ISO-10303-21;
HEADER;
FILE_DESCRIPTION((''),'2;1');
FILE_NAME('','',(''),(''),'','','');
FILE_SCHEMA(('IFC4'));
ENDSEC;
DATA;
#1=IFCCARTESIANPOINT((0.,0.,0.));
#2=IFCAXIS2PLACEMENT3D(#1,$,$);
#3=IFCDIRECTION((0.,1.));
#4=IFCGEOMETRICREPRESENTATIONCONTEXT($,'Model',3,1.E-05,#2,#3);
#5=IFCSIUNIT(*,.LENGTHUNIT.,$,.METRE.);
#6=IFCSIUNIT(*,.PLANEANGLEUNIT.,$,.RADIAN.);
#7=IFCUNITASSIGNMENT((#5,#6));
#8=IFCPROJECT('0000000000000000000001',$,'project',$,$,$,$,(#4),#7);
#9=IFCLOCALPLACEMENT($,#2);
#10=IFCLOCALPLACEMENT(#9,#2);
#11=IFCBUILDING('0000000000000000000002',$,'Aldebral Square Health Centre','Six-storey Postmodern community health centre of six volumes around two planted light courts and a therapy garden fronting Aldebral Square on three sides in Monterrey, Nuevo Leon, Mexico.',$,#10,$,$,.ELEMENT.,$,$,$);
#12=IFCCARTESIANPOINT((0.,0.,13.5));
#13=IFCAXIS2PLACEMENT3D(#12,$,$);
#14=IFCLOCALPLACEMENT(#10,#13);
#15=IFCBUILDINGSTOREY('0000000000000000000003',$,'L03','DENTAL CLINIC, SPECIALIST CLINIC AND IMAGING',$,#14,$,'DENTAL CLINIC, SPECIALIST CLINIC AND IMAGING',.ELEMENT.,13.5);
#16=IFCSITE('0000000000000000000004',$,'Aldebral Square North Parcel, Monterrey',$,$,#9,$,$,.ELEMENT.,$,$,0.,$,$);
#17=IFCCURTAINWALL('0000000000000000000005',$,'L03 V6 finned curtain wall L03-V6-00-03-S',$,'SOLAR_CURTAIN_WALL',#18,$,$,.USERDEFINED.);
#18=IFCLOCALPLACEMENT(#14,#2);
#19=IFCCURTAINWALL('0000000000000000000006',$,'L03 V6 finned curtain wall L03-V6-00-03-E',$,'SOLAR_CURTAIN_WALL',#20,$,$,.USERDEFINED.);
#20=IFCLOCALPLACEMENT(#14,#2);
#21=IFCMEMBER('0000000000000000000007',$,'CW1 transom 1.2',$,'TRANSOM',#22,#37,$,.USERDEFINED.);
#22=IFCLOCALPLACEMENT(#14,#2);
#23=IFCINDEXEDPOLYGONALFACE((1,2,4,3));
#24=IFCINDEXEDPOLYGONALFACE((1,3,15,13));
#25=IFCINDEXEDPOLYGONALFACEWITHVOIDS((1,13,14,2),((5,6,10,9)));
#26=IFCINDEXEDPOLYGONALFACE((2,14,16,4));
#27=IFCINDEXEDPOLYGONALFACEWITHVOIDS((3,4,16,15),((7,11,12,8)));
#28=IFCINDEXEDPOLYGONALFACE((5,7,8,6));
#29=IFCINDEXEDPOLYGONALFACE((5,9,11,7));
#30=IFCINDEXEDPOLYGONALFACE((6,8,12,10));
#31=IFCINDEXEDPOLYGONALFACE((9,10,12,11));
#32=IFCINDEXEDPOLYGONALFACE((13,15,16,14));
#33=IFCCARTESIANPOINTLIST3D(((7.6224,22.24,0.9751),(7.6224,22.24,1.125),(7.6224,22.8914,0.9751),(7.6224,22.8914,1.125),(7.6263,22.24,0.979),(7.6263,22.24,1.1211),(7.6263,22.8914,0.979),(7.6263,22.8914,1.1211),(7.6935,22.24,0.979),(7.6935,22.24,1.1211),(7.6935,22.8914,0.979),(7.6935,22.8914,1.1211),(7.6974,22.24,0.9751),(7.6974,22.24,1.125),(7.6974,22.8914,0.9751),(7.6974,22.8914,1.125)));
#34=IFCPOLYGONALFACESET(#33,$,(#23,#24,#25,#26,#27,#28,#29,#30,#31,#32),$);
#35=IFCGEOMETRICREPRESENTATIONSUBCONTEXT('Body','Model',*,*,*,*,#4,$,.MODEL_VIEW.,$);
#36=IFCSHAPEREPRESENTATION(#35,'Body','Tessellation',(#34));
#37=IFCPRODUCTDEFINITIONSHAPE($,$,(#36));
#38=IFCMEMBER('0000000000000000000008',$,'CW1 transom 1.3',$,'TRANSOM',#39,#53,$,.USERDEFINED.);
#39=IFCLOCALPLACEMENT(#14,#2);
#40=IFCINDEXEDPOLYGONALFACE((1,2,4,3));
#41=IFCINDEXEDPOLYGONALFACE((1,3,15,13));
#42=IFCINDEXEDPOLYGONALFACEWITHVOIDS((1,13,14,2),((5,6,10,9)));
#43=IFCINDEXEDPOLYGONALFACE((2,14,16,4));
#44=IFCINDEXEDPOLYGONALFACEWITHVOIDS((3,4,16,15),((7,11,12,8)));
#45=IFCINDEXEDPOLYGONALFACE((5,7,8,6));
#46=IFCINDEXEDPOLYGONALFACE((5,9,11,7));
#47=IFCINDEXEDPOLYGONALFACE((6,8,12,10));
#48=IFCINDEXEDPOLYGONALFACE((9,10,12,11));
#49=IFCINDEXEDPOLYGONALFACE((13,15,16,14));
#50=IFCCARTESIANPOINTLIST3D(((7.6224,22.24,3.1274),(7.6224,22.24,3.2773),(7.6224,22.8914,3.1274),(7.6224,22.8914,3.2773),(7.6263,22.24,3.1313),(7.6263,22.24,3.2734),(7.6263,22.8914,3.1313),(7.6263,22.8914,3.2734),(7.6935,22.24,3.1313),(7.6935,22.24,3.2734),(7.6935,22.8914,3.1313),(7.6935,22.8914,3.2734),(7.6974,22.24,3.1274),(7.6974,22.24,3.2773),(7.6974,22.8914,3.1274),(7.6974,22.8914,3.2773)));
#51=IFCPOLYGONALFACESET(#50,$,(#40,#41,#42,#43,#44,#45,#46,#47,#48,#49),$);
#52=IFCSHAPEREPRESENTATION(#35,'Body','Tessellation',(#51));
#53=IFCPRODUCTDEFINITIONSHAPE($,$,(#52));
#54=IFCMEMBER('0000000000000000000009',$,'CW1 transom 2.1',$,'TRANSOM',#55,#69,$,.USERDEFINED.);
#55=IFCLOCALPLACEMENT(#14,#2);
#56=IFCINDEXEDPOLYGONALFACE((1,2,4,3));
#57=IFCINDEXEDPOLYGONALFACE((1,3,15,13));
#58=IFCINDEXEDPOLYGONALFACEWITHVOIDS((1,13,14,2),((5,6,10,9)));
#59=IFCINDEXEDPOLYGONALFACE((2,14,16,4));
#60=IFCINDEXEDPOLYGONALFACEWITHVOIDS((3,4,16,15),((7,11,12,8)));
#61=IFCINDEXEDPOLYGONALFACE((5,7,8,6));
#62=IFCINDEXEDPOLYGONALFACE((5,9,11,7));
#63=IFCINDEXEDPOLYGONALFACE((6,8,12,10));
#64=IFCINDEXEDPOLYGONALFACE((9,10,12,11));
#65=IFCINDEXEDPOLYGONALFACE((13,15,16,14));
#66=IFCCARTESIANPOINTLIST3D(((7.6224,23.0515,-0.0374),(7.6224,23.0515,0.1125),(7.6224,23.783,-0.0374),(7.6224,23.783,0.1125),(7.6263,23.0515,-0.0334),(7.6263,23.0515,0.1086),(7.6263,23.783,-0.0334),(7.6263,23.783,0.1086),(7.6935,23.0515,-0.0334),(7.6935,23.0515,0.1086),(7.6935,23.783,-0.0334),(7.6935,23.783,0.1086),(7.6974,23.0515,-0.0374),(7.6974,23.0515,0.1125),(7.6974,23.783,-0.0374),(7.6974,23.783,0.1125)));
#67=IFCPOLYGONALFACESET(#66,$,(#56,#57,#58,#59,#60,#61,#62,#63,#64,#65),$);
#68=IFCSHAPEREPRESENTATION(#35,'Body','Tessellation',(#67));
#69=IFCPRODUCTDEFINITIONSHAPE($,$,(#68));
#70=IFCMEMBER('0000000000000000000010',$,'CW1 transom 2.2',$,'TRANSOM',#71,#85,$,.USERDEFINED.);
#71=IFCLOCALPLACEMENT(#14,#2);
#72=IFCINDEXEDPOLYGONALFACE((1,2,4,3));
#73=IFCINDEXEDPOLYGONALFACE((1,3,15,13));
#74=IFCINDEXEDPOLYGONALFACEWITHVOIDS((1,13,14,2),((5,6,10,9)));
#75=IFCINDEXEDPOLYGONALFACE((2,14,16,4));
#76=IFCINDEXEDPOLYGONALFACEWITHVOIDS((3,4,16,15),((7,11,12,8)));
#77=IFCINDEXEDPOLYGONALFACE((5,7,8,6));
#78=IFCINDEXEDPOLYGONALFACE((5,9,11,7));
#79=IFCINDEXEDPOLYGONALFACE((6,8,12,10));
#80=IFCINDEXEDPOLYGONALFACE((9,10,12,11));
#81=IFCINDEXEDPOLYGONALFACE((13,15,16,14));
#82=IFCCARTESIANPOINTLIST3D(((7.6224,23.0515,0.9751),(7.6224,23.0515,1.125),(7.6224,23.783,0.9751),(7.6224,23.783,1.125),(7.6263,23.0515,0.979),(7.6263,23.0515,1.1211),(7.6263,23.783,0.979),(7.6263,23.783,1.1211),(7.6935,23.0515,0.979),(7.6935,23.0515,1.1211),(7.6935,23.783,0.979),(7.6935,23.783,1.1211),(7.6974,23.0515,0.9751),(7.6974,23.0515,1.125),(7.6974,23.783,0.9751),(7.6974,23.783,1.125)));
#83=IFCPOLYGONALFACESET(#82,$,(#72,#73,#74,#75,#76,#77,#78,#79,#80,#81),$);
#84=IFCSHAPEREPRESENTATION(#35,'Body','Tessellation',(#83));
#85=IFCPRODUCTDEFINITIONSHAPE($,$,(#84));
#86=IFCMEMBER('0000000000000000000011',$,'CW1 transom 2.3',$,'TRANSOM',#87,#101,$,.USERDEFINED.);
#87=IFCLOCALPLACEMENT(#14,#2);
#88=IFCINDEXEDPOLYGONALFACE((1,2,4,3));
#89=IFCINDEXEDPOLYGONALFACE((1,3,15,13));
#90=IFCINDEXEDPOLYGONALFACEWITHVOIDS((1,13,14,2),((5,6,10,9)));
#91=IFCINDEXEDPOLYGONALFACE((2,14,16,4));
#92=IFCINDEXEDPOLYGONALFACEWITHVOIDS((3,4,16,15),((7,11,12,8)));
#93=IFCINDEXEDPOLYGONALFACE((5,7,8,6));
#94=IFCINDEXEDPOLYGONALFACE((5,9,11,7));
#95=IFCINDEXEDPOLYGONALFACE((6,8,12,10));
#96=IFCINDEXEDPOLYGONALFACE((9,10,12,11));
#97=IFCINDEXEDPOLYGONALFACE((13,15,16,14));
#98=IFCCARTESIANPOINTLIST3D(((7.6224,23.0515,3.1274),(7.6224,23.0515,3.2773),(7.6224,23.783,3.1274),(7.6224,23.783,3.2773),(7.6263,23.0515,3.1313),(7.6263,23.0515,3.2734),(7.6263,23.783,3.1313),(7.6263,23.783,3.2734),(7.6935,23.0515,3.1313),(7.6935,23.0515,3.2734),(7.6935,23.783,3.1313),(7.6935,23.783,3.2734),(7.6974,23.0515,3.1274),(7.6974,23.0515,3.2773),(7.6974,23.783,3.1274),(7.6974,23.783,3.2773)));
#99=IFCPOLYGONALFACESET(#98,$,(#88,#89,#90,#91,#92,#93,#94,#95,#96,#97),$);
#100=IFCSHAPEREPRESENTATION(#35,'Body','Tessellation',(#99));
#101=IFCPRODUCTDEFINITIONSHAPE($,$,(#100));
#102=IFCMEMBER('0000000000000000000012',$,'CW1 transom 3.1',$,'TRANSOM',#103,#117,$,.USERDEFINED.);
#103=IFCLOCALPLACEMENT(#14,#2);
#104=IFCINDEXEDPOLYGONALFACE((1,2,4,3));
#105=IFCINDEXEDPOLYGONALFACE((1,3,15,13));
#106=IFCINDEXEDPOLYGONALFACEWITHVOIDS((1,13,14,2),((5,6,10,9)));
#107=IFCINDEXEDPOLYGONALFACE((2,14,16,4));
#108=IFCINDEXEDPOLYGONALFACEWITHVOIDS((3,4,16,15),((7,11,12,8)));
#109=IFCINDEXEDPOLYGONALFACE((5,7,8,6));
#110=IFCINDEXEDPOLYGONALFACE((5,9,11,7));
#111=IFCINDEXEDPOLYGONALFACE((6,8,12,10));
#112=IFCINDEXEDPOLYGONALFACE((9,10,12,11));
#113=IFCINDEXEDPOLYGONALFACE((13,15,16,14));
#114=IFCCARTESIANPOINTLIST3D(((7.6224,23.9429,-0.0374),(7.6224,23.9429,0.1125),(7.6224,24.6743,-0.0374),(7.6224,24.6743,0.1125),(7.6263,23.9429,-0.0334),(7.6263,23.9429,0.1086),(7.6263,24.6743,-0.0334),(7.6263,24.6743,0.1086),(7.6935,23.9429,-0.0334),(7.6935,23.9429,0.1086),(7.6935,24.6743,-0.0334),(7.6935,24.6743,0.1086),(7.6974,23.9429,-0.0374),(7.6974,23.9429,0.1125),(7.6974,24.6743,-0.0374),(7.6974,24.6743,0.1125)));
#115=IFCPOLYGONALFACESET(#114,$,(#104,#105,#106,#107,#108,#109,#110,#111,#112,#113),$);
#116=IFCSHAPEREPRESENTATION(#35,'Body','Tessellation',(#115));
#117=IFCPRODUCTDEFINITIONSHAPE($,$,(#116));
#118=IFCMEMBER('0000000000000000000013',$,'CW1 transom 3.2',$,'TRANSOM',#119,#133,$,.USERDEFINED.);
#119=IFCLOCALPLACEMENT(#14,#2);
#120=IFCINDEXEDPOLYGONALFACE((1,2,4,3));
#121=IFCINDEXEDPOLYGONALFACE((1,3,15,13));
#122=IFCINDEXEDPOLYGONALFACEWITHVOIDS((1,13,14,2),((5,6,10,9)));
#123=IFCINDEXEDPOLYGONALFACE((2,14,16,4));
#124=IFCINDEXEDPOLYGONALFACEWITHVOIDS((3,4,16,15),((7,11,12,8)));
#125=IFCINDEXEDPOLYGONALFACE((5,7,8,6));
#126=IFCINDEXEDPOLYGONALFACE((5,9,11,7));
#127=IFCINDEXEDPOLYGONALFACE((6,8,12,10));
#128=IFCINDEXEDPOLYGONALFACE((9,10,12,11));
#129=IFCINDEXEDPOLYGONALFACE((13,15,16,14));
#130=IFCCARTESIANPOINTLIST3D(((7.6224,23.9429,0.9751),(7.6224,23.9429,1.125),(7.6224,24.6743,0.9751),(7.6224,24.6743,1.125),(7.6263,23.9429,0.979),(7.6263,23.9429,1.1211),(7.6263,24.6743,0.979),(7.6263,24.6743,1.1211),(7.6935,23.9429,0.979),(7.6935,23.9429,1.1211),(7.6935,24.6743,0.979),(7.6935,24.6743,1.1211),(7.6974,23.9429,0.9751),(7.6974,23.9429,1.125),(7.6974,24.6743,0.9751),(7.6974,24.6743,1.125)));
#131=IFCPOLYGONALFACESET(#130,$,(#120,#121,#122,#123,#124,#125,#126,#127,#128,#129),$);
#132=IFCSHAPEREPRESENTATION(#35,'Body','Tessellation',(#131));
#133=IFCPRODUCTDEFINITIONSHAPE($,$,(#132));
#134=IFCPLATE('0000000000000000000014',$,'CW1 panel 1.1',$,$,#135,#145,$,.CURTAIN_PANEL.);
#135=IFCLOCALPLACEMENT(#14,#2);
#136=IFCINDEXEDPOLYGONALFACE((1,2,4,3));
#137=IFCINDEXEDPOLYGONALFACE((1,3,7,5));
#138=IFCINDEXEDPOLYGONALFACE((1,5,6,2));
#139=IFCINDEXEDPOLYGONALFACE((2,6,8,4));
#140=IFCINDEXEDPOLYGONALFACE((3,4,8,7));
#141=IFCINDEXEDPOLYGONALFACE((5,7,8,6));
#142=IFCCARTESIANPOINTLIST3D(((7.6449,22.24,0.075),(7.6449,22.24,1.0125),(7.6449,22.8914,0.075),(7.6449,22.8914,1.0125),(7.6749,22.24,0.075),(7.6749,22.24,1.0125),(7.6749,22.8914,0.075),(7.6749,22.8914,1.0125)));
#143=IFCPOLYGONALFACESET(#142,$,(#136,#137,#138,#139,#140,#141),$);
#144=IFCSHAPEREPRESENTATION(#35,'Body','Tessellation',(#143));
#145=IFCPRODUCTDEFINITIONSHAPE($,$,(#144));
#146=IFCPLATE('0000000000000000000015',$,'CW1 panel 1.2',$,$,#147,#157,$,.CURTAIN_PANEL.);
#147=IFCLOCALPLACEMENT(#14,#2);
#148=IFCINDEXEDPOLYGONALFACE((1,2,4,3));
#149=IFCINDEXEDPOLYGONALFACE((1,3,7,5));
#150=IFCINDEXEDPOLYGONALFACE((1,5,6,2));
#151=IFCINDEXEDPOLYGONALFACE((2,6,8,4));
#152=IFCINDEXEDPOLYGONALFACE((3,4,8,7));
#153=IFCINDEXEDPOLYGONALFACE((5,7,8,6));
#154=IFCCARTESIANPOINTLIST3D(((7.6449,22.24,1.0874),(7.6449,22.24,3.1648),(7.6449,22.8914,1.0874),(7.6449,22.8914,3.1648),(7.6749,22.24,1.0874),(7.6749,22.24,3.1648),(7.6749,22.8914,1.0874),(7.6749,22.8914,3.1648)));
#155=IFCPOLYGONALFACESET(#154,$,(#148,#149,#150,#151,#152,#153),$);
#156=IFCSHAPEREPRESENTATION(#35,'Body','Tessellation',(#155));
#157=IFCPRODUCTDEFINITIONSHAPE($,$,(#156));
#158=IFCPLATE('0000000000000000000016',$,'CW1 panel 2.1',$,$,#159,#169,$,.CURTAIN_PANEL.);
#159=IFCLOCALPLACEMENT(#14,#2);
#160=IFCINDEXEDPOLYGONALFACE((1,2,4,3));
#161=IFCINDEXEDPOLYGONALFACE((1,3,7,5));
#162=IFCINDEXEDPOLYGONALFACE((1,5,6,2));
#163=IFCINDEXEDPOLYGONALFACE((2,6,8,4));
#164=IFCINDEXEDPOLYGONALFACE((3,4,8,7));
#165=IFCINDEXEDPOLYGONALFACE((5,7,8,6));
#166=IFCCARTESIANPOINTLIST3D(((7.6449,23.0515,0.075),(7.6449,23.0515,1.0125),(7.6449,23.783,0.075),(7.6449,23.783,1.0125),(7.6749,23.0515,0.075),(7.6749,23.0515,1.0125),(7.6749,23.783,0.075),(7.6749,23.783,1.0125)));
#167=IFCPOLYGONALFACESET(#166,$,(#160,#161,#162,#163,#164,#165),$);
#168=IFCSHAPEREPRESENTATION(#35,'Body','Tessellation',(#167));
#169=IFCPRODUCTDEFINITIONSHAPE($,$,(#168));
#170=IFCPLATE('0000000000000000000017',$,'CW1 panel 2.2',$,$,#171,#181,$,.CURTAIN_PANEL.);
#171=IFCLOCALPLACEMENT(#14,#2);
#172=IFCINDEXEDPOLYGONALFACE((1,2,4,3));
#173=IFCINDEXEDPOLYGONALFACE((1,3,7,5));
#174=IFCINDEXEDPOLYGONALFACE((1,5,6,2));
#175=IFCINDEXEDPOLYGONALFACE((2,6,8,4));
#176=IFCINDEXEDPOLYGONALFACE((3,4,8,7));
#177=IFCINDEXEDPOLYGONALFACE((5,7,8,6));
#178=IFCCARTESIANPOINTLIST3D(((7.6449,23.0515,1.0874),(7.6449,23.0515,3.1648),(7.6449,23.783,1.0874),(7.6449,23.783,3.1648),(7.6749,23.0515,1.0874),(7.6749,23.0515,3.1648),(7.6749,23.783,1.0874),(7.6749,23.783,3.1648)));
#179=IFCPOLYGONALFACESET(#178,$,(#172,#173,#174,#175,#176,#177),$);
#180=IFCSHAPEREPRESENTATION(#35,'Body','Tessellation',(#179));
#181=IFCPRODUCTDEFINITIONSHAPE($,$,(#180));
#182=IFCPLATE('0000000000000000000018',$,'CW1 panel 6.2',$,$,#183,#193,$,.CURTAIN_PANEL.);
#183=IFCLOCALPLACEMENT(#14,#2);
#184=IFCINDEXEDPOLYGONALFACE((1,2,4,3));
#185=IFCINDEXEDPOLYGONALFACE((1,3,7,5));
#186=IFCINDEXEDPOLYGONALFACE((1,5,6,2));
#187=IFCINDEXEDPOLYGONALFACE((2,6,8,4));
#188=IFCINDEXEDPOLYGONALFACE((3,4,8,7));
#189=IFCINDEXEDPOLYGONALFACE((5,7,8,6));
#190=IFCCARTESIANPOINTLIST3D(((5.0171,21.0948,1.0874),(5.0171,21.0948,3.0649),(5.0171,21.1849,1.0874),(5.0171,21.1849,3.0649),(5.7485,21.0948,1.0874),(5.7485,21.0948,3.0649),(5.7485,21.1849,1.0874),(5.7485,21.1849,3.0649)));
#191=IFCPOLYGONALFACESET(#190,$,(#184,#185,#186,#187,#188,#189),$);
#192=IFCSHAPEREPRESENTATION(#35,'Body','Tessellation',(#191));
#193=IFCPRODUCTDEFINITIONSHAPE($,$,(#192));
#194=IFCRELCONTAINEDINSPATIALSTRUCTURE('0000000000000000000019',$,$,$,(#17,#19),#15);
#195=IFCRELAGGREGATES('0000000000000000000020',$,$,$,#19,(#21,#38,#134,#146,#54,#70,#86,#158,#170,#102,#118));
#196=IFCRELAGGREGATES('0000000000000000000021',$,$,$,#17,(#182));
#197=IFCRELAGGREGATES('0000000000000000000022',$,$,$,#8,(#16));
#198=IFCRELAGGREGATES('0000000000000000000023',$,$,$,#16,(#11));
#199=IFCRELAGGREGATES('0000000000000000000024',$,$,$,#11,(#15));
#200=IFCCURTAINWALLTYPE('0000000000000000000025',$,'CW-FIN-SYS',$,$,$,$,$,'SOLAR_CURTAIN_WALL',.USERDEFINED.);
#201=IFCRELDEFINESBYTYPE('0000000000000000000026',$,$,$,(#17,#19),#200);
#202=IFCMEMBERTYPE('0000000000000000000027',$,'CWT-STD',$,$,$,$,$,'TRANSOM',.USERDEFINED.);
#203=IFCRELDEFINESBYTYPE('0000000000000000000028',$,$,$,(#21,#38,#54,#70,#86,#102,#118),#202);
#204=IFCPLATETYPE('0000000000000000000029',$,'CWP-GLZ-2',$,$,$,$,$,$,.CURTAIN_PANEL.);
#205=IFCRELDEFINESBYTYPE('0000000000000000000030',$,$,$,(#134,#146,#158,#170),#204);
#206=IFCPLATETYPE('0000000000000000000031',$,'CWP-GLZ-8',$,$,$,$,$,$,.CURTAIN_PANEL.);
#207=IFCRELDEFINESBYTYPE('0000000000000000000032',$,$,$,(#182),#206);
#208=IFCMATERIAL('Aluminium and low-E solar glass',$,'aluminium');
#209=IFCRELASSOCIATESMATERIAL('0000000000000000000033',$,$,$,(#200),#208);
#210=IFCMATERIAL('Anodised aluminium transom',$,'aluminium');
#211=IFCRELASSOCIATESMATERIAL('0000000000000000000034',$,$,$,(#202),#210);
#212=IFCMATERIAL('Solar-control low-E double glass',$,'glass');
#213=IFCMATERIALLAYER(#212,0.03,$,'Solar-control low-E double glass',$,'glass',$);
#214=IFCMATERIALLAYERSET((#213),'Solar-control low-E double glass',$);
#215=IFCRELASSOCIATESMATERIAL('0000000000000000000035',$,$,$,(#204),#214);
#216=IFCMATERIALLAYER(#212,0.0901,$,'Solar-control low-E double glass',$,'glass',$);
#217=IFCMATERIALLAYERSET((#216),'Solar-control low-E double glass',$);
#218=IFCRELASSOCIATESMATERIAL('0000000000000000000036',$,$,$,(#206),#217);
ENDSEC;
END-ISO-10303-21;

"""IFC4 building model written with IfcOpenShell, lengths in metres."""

from ifc_helpers import new_model, si_unit, direction, frame, origin, origin_2d, place, context, subcontext, project, spatial, rectangle, hollow_rectangle, extrude, material, layer, layer_set, material_profile, profile_set, type_object, element, aggregate, save


model = new_model("IFC4")

# Units and contexts
model_context = context("Model", 3, precision=1e-05, world=origin(), true_north=direction((0.0, 1.0)))
body_context = subcontext(model_context, "Body", "Model", "MODEL_VIEW")
ifc_project = project(units=[si_unit("LENGTHUNIT", "METRE"), si_unit("PLANEANGLEUNIT", "RADIAN")], contexts=[model_context])

# Site, building, storey
site_placement = place(None, origin())
site = spatial("IfcSite", under=ifc_project, at=site_placement, Name="Aldebral Square North Parcel, Monterrey", CompositionType="ELEMENT", RefElevation=0.0)
building_placement = place(site_placement, origin())
building = spatial("IfcBuilding", under=site, at=building_placement, Name="Aldebral Square Health Centre", Description="Six-storey Postmodern community health centre of six volumes around two planted light courts and a therapy garden fronting Aldebral Square on three sides in Monterrey, Nuevo Leon, Mexico.", CompositionType="ELEMENT")
storey_placement = place(building_placement, frame((0.0, 0.0, 13.5)))
storey = spatial("IfcBuildingStorey", under=building, at=storey_placement, Name="L03", Description="DENTAL CLINIC, SPECIALIST CLINIC AND IMAGING", LongName="DENTAL CLINIC, SPECIALIST CLINIC AND IMAGING", CompositionType="ELEMENT", Elevation=13.5)

# Curtain walls
ifc_material_1 = material(Name="Aluminium and low-E solar glass", Category="aluminium")
curtain_wall_type = type_object("IfcCurtainWallType", Name="CW-FIN-SYS", ElementType="SOLAR_CURTAIN_WALL", PredefinedType="USERDEFINED", material=ifc_material_1)
curtain_wall_1_placement = place(storey_placement, origin())
curtain_wall_1 = element("IfcCurtainWall", 1, at=curtain_wall_1_placement, inside=storey, type_object=curtain_wall_type, Name="L03 V6 finned curtain wall L03-V6-00-03-S", ObjectType="SOLAR_CURTAIN_WALL", PredefinedType="USERDEFINED")
curtain_wall_2_placement = place(storey_placement, origin())
curtain_wall_2 = element("IfcCurtainWall", 2, at=curtain_wall_2_placement, inside=storey, type_object=curtain_wall_type, Name="L03 V6 finned curtain wall L03-V6-00-03-E", ObjectType="SOLAR_CURTAIN_WALL", PredefinedType="USERDEFINED")

# Members
ifc_material_2 = material(Name="Anodised aluminium transom", Category="aluminium")
ifc_material_profile_1 = material_profile(ifc_material_2, hollow_rectangle(XDim=0.075, YDim=0.1499, WallThickness=0.0039, at=origin_2d()), Name="CWT 75x150x4")
ifc_profile_set_1 = profile_set([ifc_material_profile_1], Name="Anodised aluminium transom")
member_type_1 = type_object("IfcMemberType", Name="CWT-STD", ElementType="TRANSOM", PredefinedType="USERDEFINED", material=ifc_profile_set_1)
member_1_placement = place(storey_placement, frame((7.6599, 22.24, 1.05), z_axis=(0.0, 1.0, 0.0), x_axis=(-1.0, 0.0, 0.0)))
member_1 = element("IfcMember", 3, at=member_1_placement, type_object=member_type_1, Name="CW1 transom 1.2", ObjectType="TRANSOM", PredefinedType="USERDEFINED", context=body_context, shape_type="SweptSolid", body=[
    extrude(hollow_rectangle(XDim=0.075, YDim=0.1499, WallThickness=0.0039, at=origin_2d()), origin(), (0.0, 0.0, 1.0), 0.6514),
])
member_2_placement = place(storey_placement, frame((7.6599, 22.24, 3.2024), z_axis=(0.0, 1.0, 0.0), x_axis=(-1.0, 0.0, 0.0)))
member_2 = element("IfcMember", 4, at=member_2_placement, type_object=member_type_1, Name="CW1 transom 1.3", ObjectType="TRANSOM", PredefinedType="USERDEFINED", context=body_context, shape_type="SweptSolid", body=[
    extrude(hollow_rectangle(XDim=0.075, YDim=0.1499, WallThickness=0.0039, at=origin_2d()), origin(), (0.0, 0.0, 1.0), 0.6514),
])
member_3_placement = place(storey_placement, frame((7.6599, 23.0515, 0.0376), z_axis=(0.0, 1.0, 0.0), x_axis=(-1.0, 0.0, 0.0)))
member_3 = element("IfcMember", 5, at=member_3_placement, type_object=member_type_1, Name="CW1 transom 2.1", ObjectType="TRANSOM", PredefinedType="USERDEFINED", context=body_context, shape_type="SweptSolid", body=[
    extrude(hollow_rectangle(XDim=0.075, YDim=0.1499, WallThickness=0.0039, at=origin_2d()), origin(), (0.0, 0.0, 1.0), 0.7314),
])
member_4_placement = place(storey_placement, frame((7.6599, 23.0515, 1.05), z_axis=(0.0, 1.0, 0.0), x_axis=(-1.0, 0.0, 0.0)))
member_4 = element("IfcMember", 6, at=member_4_placement, type_object=member_type_1, Name="CW1 transom 2.2", ObjectType="TRANSOM", PredefinedType="USERDEFINED", context=body_context, shape_type="SweptSolid", body=[
    extrude(hollow_rectangle(XDim=0.075, YDim=0.1499, WallThickness=0.0039, at=origin_2d()), origin(), (0.0, 0.0, 1.0), 0.7314),
])
member_5_placement = place(storey_placement, frame((7.6599, 23.0515, 3.2024), z_axis=(0.0, 1.0, 0.0), x_axis=(-1.0, 0.0, 0.0)))
member_5 = element("IfcMember", 7, at=member_5_placement, type_object=member_type_1, Name="CW1 transom 2.3", ObjectType="TRANSOM", PredefinedType="USERDEFINED", context=body_context, shape_type="SweptSolid", body=[
    extrude(hollow_rectangle(XDim=0.075, YDim=0.1499, WallThickness=0.0039, at=origin_2d()), origin(), (0.0, 0.0, 1.0), 0.7314),
])
member_6_placement = place(storey_placement, frame((7.6599, 23.9429, 0.0376), z_axis=(0.0, 1.0, 0.0), x_axis=(-1.0, 0.0, 0.0)))
member_6 = element("IfcMember", 8, at=member_6_placement, type_object=member_type_1, Name="CW1 transom 3.1", ObjectType="TRANSOM", PredefinedType="USERDEFINED", context=body_context, shape_type="SweptSolid", body=[
    extrude(hollow_rectangle(XDim=0.075, YDim=0.1499, WallThickness=0.0039, at=origin_2d()), origin(), (0.0, 0.0, 1.0), 0.7314),
])
member_7_placement = place(storey_placement, frame((7.6599, 23.9429, 1.05), z_axis=(0.0, 1.0, 0.0), x_axis=(-1.0, 0.0, 0.0)))
member_7 = element("IfcMember", 9, at=member_7_placement, type_object=member_type_1, Name="CW1 transom 3.2", ObjectType="TRANSOM", PredefinedType="USERDEFINED", context=body_context, shape_type="SweptSolid", body=[
    extrude(hollow_rectangle(XDim=0.075, YDim=0.1499, WallThickness=0.0039, at=origin_2d()), origin(), (0.0, 0.0, 1.0), 0.7314),
])

# Plates
ifc_material_3 = material(Name="Solar-control low-E double glass", Category="glass")
ifc_layer_1 = layer(ifc_material_3, 0.03, Name="Solar-control low-E double glass", Category="glass")
ifc_layer_set_1 = layer_set([ifc_layer_1], Name="Solar-control low-E double glass")
plate_type_1 = type_object("IfcPlateType", Name="CWP-GLZ-2", PredefinedType="CURTAIN_PANEL", material=ifc_layer_set_1)
plate_1_placement = place(storey_placement, frame((7.6599, 22.5657, 0.075), z_axis=(0.0, 0.0, 1.0), x_axis=(0.0, 1.0, 0.0)))
plate_1 = element("IfcPlate", 10, at=plate_1_placement, type_object=plate_type_1, Name="CW1 panel 1.1", PredefinedType="CURTAIN_PANEL", context=body_context, shape_type="SweptSolid", body=[
    extrude(rectangle(XDim=0.6514, YDim=0.03, at=origin_2d()), origin(), (0.0, 0.0, 1.0), 0.9375),
])
plate_2_placement = place(storey_placement, frame((7.6599, 22.5657, 1.0874), z_axis=(0.0, 0.0, 1.0), x_axis=(0.0, 1.0, 0.0)))
plate_2 = element("IfcPlate", 11, at=plate_2_placement, type_object=plate_type_1, Name="CW1 panel 1.2", PredefinedType="CURTAIN_PANEL", context=body_context, shape_type="SweptSolid", body=[
    extrude(rectangle(XDim=0.6514, YDim=0.03, at=origin_2d()), origin(), (0.0, 0.0, 1.0), 2.0774),
])
plate_3_placement = place(storey_placement, frame((7.6599, 23.4172, 0.075), z_axis=(0.0, 0.0, 1.0), x_axis=(0.0, 1.0, 0.0)))
plate_3 = element("IfcPlate", 12, at=plate_3_placement, type_object=plate_type_1, Name="CW1 panel 2.1", PredefinedType="CURTAIN_PANEL", context=body_context, shape_type="SweptSolid", body=[
    extrude(rectangle(XDim=0.7314, YDim=0.03, at=origin_2d()), origin(), (0.0, 0.0, 1.0), 0.9375),
])
plate_4_placement = place(storey_placement, frame((7.6599, 23.4172, 1.0874), z_axis=(0.0, 0.0, 1.0), x_axis=(0.0, 1.0, 0.0)))
plate_4 = element("IfcPlate", 13, at=plate_4_placement, type_object=plate_type_1, Name="CW1 panel 2.2", PredefinedType="CURTAIN_PANEL", context=body_context, shape_type="SweptSolid", body=[
    extrude(rectangle(XDim=0.7314, YDim=0.03, at=origin_2d()), origin(), (0.0, 0.0, 1.0), 2.0774),
])
aggregate(curtain_wall_2, [member_1, member_2, plate_1, plate_2, member_3, member_4, member_5, plate_3, plate_4, member_6, member_7])
ifc_layer_2 = layer(ifc_material_3, 0.0901, Name="Solar-control low-E double glass", Category="glass")
ifc_layer_set_2 = layer_set([ifc_layer_2], Name="Solar-control low-E double glass")
plate_type_2 = type_object("IfcPlateType", Name="CWP-GLZ-8", PredefinedType="CURTAIN_PANEL", material=ifc_layer_set_2)
plate_5_placement = place(storey_placement, frame((5.3828, 21.1399, 1.0874), z_axis=(0.0, 0.0, 1.0), x_axis=(1.0, 0.0, 0.0)))
plate_5 = element("IfcPlate", 14, at=plate_5_placement, type_object=plate_type_2, Name="CW1 panel 6.2", PredefinedType="CURTAIN_PANEL", context=body_context, shape_type="SweptSolid", body=[
    extrude(rectangle(XDim=0.7314, YDim=0.0901, at=origin_2d()), origin(), (0.0, 0.0, 1.0), 1.9775),
])
aggregate(curtain_wall_1, [plate_5])

save(model, "model.ifc")
